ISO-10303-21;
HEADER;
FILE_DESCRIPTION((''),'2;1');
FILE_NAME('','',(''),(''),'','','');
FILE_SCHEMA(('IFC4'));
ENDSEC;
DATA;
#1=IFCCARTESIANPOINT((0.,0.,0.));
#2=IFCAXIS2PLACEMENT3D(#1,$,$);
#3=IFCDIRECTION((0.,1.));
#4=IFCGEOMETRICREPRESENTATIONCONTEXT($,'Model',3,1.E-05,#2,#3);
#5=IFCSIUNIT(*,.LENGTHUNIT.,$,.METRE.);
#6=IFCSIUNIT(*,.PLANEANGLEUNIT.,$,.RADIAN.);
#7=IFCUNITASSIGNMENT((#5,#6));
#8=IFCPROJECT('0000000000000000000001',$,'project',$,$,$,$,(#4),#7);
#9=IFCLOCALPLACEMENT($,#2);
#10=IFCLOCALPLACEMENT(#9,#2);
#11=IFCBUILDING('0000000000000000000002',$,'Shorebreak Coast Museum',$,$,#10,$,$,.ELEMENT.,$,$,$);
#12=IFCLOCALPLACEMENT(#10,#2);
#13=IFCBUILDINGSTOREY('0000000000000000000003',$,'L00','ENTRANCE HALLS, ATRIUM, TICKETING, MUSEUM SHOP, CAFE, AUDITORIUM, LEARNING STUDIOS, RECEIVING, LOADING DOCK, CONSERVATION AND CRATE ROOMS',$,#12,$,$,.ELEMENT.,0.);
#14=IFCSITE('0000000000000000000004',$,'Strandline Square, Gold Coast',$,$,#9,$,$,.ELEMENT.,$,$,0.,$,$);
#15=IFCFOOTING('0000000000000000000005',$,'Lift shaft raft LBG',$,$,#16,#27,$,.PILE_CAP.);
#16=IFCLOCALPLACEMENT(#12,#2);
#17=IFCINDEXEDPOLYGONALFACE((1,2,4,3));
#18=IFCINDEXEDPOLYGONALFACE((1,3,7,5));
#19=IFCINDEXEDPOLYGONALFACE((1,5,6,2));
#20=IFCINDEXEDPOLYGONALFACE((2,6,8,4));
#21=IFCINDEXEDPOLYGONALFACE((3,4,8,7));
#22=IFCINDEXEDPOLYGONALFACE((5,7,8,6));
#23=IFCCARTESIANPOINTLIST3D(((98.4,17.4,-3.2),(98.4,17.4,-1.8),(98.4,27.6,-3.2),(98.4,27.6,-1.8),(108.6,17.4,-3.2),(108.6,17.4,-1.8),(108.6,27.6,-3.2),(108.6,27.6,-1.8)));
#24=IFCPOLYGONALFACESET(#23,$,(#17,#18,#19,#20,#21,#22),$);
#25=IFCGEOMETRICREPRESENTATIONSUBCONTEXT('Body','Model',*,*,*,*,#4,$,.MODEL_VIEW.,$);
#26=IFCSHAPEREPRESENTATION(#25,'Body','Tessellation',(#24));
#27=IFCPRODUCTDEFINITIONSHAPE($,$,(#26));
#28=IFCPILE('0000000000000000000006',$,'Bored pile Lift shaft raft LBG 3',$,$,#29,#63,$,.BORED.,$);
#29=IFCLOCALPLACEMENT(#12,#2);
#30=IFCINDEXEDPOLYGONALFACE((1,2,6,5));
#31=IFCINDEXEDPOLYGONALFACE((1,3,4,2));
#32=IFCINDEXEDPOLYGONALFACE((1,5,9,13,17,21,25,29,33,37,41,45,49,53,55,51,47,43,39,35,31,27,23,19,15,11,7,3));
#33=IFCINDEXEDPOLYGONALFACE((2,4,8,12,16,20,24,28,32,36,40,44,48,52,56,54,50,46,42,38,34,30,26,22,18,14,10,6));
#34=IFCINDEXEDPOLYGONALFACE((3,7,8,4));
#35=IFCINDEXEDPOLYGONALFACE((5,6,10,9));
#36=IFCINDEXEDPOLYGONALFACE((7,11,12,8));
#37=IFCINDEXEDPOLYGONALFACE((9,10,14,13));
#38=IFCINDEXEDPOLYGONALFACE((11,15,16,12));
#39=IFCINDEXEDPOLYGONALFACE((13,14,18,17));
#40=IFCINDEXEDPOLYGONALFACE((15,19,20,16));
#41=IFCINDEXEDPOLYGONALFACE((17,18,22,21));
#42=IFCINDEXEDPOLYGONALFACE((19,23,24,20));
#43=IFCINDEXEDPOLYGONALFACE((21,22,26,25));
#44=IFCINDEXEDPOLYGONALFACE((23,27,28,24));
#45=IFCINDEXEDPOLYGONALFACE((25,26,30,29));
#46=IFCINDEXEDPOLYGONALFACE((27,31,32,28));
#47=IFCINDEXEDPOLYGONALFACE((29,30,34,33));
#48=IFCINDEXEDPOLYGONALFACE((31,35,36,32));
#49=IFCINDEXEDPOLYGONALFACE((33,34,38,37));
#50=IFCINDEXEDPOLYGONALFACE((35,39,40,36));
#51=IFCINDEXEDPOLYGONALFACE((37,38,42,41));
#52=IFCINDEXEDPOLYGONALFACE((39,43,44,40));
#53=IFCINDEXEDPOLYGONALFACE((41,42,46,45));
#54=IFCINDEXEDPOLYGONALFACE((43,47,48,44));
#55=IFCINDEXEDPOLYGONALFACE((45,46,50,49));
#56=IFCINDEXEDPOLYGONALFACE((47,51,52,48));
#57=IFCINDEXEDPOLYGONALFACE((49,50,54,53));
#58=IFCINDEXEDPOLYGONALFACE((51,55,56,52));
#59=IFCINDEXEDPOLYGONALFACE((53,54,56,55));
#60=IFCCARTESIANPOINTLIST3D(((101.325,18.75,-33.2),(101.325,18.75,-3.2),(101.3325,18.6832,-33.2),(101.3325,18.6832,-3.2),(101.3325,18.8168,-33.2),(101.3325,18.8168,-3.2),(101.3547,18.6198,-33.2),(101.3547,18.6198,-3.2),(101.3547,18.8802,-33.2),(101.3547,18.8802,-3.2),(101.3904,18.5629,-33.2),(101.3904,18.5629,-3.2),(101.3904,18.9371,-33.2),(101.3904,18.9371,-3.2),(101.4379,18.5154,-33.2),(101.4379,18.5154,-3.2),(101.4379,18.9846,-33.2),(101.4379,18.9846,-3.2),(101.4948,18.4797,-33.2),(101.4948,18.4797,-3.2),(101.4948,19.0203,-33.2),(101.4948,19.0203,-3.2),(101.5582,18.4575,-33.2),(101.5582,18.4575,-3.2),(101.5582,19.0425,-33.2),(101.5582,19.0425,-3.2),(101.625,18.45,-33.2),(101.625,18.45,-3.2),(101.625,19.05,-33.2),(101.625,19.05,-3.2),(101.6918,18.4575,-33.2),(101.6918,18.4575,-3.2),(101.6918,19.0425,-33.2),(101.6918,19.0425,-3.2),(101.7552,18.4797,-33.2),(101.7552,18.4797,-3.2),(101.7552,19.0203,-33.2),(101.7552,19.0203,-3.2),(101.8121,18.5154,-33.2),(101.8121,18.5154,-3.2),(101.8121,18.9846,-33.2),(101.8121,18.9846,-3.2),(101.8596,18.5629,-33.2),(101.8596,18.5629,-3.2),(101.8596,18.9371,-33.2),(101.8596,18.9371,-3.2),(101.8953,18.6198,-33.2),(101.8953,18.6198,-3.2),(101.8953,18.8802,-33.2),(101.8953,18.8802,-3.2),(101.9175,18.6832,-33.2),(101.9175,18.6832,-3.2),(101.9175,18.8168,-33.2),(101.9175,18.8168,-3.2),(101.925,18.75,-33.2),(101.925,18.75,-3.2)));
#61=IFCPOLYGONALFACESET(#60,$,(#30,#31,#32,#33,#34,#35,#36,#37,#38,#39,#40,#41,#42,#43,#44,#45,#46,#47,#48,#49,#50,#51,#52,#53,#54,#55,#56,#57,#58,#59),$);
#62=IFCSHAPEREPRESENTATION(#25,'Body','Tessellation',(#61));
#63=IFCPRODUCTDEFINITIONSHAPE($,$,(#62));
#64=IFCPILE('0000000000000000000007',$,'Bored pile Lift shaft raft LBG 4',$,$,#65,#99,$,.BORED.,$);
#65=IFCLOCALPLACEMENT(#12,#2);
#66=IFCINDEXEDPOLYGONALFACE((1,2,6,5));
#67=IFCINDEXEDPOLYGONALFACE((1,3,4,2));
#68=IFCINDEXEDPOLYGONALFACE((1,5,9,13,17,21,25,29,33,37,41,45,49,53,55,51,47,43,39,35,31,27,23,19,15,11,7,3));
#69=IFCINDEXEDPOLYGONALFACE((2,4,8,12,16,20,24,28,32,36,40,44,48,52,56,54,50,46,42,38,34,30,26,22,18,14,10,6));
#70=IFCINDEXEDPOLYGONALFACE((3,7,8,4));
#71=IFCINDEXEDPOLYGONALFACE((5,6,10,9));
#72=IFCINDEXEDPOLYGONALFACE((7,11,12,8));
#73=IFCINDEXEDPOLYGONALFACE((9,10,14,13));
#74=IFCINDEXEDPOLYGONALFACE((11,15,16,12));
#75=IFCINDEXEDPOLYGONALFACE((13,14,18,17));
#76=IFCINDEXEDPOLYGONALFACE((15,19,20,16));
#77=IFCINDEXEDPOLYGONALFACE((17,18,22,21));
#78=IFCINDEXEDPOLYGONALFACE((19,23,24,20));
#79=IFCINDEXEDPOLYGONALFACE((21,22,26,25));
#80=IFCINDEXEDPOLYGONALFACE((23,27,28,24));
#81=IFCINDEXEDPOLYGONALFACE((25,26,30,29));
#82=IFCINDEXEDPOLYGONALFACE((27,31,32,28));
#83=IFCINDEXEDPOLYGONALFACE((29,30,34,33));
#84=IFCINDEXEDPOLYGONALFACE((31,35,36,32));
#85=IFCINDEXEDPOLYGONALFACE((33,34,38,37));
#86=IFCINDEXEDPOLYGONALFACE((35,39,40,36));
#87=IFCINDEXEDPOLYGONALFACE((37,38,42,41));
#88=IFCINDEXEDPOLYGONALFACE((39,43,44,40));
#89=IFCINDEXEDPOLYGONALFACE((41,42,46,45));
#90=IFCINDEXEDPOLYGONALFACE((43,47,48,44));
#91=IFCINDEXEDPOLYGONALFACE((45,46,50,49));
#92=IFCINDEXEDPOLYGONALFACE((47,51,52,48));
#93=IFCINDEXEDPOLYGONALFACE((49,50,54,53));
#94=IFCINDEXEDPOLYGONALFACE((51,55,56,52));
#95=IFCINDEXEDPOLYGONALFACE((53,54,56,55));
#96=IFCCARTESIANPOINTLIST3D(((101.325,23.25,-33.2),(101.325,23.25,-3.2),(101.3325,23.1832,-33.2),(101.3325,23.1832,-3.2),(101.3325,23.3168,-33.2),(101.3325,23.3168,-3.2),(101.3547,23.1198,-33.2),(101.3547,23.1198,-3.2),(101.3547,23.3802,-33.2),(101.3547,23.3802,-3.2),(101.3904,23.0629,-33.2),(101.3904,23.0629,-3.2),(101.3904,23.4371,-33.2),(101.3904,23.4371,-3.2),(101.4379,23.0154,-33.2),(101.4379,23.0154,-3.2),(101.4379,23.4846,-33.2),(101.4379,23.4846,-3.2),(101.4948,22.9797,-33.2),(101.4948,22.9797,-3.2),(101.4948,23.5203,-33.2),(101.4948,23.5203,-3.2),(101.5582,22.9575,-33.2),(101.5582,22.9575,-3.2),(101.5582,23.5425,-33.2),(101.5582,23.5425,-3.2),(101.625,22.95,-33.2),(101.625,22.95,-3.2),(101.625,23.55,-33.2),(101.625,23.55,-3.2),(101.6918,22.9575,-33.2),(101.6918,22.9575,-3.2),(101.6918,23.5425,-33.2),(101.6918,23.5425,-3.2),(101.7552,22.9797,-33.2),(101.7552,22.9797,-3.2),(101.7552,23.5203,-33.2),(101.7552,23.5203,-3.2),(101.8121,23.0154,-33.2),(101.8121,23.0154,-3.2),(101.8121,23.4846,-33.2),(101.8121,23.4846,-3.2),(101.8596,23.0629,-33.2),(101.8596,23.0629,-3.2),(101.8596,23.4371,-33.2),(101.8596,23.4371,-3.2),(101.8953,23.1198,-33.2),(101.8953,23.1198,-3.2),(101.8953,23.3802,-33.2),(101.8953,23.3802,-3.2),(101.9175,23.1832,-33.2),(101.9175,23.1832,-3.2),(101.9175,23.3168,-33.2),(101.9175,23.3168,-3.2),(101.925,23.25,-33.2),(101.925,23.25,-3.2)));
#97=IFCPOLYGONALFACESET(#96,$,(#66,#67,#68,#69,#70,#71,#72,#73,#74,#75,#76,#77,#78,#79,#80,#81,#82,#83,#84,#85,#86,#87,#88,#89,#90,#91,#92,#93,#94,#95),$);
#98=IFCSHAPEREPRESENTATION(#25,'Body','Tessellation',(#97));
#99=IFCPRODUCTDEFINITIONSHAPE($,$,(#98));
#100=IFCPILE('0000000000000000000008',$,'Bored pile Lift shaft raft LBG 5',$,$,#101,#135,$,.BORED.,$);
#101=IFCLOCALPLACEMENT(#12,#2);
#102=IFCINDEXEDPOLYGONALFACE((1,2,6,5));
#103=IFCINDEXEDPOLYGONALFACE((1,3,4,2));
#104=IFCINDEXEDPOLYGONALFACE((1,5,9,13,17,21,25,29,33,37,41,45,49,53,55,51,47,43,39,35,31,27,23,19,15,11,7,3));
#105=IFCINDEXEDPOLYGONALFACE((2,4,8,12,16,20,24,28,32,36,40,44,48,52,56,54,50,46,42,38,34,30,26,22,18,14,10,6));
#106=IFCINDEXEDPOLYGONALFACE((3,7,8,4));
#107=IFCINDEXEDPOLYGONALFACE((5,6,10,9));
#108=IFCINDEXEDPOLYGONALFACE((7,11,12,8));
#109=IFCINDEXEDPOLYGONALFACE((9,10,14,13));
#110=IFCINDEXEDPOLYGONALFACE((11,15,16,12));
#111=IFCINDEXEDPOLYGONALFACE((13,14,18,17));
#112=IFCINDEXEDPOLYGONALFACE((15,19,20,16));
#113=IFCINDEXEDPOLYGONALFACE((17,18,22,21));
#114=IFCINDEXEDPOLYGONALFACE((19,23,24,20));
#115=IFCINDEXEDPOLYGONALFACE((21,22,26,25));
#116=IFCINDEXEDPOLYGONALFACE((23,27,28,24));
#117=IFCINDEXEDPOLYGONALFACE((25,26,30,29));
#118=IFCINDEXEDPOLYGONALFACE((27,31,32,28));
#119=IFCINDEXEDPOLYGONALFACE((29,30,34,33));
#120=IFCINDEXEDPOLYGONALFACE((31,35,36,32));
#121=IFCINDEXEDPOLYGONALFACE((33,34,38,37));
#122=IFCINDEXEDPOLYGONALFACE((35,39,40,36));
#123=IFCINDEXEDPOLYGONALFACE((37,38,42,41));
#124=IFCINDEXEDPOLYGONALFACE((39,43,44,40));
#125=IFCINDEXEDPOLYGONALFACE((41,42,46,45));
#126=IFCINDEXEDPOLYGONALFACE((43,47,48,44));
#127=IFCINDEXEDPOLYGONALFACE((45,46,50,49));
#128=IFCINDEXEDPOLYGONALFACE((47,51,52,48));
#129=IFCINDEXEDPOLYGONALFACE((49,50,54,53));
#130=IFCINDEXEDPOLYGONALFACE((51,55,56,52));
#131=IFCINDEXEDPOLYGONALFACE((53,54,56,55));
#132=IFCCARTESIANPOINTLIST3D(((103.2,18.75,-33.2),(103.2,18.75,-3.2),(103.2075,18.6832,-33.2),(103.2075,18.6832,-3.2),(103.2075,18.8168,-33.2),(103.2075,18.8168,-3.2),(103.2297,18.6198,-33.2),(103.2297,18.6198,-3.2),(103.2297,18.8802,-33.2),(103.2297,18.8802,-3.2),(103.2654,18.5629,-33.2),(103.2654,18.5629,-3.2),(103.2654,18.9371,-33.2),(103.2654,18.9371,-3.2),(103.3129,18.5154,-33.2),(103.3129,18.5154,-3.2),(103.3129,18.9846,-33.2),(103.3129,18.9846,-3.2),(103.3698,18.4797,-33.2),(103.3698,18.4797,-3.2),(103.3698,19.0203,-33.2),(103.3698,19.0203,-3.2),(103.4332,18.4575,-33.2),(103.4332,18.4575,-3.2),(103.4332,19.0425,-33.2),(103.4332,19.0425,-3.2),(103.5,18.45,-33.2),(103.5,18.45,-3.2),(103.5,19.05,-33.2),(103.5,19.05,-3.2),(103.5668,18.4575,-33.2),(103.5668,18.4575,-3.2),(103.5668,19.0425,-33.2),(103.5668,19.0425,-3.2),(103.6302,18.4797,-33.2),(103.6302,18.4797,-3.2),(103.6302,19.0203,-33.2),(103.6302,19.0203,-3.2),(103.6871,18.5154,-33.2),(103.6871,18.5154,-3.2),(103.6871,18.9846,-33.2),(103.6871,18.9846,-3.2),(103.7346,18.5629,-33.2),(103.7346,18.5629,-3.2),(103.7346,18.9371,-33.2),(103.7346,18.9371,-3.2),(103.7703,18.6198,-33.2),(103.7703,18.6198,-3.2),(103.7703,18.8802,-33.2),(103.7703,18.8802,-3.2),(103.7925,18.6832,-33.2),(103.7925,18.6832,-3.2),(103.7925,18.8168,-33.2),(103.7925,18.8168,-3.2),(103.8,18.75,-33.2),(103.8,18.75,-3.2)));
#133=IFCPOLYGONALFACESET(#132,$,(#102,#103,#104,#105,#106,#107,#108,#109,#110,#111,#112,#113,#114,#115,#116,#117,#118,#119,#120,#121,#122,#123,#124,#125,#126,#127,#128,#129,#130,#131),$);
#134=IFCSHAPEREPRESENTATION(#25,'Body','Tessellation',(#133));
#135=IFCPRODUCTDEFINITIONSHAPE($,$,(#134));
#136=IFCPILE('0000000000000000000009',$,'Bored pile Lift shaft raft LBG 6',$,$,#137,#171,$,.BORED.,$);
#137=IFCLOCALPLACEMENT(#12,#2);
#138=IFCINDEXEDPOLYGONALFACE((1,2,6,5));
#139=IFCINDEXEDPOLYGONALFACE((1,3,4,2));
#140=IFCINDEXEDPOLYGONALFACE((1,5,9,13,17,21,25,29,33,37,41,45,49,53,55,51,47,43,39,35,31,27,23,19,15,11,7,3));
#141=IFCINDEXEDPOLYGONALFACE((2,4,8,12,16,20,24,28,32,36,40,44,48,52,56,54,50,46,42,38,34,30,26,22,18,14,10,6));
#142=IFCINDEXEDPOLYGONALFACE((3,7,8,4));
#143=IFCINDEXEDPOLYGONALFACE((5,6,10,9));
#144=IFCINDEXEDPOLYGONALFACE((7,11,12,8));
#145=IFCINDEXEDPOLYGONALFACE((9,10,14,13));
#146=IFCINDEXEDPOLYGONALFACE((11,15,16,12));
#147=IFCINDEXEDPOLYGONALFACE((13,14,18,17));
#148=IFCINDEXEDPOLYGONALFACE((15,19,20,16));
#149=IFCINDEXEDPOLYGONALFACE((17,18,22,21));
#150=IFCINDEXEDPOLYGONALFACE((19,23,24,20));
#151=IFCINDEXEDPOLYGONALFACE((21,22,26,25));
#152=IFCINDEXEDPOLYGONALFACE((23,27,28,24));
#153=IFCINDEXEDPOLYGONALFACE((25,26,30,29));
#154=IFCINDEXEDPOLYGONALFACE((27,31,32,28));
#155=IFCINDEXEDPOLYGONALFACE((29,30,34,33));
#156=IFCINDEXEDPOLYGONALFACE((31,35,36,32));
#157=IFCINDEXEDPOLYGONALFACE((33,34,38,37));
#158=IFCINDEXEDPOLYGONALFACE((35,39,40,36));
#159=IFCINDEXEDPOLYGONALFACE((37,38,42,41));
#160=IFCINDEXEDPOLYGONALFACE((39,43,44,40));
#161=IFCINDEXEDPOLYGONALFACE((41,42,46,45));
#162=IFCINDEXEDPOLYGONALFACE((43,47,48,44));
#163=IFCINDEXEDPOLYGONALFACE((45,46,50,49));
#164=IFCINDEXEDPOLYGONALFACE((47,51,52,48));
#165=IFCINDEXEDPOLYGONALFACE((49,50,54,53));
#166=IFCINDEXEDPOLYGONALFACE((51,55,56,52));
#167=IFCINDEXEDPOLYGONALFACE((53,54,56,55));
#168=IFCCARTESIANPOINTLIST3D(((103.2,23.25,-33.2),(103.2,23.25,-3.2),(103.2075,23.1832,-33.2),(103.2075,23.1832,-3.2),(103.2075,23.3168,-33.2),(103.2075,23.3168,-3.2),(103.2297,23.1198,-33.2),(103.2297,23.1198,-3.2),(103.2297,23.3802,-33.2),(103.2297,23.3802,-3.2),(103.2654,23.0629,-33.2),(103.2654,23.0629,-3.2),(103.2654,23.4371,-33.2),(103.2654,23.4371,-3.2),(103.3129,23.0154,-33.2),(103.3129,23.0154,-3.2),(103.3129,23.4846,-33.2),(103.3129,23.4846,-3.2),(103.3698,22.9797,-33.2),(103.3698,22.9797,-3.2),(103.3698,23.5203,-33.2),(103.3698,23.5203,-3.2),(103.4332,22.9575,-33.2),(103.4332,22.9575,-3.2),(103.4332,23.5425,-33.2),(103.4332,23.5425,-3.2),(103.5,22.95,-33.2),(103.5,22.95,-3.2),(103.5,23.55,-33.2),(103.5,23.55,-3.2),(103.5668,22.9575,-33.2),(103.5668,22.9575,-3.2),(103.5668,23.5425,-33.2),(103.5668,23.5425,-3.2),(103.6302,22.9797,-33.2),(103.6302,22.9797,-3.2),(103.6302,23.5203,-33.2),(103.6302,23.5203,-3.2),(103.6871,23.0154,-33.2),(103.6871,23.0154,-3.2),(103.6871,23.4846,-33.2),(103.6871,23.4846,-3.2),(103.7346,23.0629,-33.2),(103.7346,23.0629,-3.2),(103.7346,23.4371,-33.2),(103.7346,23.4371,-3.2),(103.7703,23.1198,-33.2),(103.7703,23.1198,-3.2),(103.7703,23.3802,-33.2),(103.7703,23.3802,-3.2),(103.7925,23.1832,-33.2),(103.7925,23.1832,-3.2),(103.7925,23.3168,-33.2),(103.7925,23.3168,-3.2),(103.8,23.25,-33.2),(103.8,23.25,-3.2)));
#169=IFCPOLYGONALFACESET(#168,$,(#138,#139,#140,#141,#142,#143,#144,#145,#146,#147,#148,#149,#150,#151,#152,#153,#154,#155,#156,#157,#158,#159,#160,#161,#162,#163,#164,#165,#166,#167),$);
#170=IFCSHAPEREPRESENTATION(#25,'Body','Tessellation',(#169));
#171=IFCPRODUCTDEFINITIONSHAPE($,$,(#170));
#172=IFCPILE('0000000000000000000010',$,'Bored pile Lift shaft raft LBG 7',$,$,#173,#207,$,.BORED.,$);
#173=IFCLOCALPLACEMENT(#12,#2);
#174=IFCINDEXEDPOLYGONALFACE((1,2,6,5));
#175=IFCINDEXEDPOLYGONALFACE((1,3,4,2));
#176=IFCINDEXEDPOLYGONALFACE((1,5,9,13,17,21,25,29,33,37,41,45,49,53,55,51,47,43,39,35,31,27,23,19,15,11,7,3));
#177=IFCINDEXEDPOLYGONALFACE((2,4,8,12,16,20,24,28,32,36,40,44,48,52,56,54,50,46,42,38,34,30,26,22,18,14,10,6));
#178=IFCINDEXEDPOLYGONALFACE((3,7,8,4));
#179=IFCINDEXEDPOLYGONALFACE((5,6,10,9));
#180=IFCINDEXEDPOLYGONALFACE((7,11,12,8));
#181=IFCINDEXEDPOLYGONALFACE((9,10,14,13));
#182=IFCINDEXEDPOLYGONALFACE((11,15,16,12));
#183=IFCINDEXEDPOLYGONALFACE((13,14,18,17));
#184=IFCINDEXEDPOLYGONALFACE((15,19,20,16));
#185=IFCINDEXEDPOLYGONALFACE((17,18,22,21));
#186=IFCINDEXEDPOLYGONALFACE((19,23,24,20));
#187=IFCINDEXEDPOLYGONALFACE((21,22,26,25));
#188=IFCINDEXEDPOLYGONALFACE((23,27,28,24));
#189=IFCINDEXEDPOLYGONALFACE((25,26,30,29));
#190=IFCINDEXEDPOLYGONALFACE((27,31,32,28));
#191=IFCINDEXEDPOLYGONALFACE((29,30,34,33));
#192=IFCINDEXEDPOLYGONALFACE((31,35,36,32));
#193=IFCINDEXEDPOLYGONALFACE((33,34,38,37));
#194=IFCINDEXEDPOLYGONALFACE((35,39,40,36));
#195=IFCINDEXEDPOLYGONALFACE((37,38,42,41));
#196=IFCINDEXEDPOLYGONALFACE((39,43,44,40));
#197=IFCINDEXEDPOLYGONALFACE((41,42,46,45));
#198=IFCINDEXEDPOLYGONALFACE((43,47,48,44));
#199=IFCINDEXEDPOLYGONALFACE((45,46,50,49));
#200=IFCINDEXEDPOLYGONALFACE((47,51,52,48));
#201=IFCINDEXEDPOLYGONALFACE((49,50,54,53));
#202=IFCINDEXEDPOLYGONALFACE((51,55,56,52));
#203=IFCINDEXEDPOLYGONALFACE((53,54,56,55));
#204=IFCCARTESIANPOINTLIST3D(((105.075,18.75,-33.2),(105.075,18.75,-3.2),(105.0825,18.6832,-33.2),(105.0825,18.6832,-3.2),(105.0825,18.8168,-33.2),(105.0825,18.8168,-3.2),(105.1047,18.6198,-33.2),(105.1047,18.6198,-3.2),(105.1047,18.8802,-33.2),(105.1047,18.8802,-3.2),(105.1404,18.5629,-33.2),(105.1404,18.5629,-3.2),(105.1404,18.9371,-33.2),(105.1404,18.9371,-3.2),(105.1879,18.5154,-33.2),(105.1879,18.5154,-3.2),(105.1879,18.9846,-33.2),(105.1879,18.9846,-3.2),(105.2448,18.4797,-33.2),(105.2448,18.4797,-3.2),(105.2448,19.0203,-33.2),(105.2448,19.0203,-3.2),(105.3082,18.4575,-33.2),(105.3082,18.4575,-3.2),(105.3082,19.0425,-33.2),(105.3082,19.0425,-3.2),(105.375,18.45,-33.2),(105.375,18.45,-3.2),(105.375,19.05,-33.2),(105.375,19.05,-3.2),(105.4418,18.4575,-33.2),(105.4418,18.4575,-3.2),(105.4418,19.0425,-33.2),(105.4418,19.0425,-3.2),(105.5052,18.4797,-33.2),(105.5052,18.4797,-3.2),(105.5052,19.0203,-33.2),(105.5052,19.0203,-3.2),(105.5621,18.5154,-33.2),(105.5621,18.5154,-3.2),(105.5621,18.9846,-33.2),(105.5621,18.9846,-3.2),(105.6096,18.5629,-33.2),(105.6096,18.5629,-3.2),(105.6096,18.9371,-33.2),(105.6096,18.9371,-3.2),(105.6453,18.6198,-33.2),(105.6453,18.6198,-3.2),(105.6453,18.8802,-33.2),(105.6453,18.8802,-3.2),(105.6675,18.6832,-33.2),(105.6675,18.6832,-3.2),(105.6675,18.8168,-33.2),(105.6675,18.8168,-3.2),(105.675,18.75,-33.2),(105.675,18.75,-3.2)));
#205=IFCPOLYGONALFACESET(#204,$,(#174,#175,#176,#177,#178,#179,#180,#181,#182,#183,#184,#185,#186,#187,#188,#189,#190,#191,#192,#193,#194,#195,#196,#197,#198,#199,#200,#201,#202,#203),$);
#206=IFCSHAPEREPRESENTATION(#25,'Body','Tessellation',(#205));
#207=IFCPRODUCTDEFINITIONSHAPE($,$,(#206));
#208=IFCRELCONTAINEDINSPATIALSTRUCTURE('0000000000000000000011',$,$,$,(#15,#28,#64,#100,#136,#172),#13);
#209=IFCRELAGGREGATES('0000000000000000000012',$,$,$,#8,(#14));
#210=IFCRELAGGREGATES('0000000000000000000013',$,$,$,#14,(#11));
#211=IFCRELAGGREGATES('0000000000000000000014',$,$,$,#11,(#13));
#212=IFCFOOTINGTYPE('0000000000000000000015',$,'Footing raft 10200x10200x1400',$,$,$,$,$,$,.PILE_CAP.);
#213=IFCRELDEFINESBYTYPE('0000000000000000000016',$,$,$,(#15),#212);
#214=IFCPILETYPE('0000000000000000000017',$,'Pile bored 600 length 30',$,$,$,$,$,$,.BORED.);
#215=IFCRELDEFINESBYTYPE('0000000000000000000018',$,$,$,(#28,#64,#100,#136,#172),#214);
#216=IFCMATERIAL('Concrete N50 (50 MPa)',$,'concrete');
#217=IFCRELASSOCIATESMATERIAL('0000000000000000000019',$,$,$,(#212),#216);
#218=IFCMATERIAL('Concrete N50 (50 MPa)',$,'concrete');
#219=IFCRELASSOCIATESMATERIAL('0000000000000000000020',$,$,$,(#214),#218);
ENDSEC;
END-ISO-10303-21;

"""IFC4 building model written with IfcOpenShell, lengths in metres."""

from ifc_helpers import new_model, si_unit, direction, frame, origin, origin_2d, place, context, subcontext, project, spatial, rectangle, circle, extrude, material, material_profile, profile_set, type_object, element, save


model = new_model("IFC4")

# Units and contexts
model_context = context("Model", 3, precision=1e-05, world=origin(), true_north=direction((0.0, 1.0)))
body_context = subcontext(model_context, "Body", "Model", "MODEL_VIEW")
ifc_project = project(units=[si_unit("LENGTHUNIT", "METRE"), si_unit("PLANEANGLEUNIT", "RADIAN")], contexts=[model_context])

# Site, building, storey
site_placement = place(None, origin())
site = spatial("IfcSite", under=ifc_project, at=site_placement, Name="Strandline Square, Gold Coast", CompositionType="ELEMENT", RefElevation=0.0)
building_placement = place(site_placement, origin())
building = spatial("IfcBuilding", under=site, at=building_placement, Name="Shorebreak Coast Museum", CompositionType="ELEMENT")
storey_placement = place(building_placement, origin())
storey = spatial("IfcBuildingStorey", under=building, at=storey_placement, Name="L00", Description="ENTRANCE HALLS, ATRIUM, TICKETING, MUSEUM SHOP, CAFE, AUDITORIUM, LEARNING STUDIOS, RECEIVING, LOADING DOCK, CONSERVATION AND CRATE ROOMS", CompositionType="ELEMENT", Elevation=0.0)

# Footing
ifc_material_1 = material(Name="Concrete N50 (50 MPa)", Category="concrete")
footing_type = type_object("IfcFootingType", Name="Footing raft 10200x10200x1400", PredefinedType="PILE_CAP", material=ifc_material_1)
footing_placement = place(storey_placement, frame((103.5, 22.5, -3.2), z_axis=(0.0, 0.0, 1.0), x_axis=(1.0, 0.0, 0.0)))
element("IfcFooting", 1, at=footing_placement, inside=storey, type_object=footing_type, Name="Lift shaft raft LBG", PredefinedType="PILE_CAP", context=body_context, shape_type="SweptSolid", body=[
    extrude(rectangle(XDim=10.2, YDim=10.2, at=origin_2d()), origin(), (0.0, 0.0, 1.0), 1.3999),
])

# Piles
ifc_material_2 = material(Name="Concrete N50 (50 MPa)", Category="concrete")
ifc_material_profile_1 = material_profile(ifc_material_2, circle(Radius=0.3, at=origin_2d()), Name="Pile bored 600 length 30")
ifc_profile_set_1 = profile_set([ifc_material_profile_1], Name="Concrete N50 (50 MPa)")
pile_type = type_object("IfcPileType", Name="Pile bored 600 length 30", PredefinedType="BORED", material=ifc_profile_set_1)
for number, where, z_axis, x_axis, name in (
    (2, (101.625, 18.75, -3.2), (0.0, 0.0, -1.0), (1.0, 0.0, 0.0), "Bored pile Lift shaft raft LBG 3"),
    (3, (101.625, 23.25, -3.2), (0.0, 0.0, -1.0), (1.0, 0.0, 0.0), "Bored pile Lift shaft raft LBG 4"),
    (4, (103.5, 18.75, -3.2), (0.0, 0.0, -1.0), (1.0, 0.0, 0.0), "Bored pile Lift shaft raft LBG 5"),
    (5, (103.5, 23.25, -3.2), (0.0, 0.0, -1.0), (1.0, 0.0, 0.0), "Bored pile Lift shaft raft LBG 6"),
    (6, (105.375, 18.75, -3.2), (0.0, 0.0, -1.0), (1.0, 0.0, 0.0), "Bored pile Lift shaft raft LBG 7"),
):
    element("IfcPile", number, at=place(storey_placement, frame(where, z_axis=z_axis, x_axis=x_axis)), inside=storey, type_object=pile_type, Name=name, PredefinedType="BORED", context=body_context, shape_type="SweptSolid", body=[
        extrude(circle(Radius=0.3, at=origin_2d()), origin(), (0.0, 0.0, 1.0), 30.0),
    ])

save(model, "model.ifc")
